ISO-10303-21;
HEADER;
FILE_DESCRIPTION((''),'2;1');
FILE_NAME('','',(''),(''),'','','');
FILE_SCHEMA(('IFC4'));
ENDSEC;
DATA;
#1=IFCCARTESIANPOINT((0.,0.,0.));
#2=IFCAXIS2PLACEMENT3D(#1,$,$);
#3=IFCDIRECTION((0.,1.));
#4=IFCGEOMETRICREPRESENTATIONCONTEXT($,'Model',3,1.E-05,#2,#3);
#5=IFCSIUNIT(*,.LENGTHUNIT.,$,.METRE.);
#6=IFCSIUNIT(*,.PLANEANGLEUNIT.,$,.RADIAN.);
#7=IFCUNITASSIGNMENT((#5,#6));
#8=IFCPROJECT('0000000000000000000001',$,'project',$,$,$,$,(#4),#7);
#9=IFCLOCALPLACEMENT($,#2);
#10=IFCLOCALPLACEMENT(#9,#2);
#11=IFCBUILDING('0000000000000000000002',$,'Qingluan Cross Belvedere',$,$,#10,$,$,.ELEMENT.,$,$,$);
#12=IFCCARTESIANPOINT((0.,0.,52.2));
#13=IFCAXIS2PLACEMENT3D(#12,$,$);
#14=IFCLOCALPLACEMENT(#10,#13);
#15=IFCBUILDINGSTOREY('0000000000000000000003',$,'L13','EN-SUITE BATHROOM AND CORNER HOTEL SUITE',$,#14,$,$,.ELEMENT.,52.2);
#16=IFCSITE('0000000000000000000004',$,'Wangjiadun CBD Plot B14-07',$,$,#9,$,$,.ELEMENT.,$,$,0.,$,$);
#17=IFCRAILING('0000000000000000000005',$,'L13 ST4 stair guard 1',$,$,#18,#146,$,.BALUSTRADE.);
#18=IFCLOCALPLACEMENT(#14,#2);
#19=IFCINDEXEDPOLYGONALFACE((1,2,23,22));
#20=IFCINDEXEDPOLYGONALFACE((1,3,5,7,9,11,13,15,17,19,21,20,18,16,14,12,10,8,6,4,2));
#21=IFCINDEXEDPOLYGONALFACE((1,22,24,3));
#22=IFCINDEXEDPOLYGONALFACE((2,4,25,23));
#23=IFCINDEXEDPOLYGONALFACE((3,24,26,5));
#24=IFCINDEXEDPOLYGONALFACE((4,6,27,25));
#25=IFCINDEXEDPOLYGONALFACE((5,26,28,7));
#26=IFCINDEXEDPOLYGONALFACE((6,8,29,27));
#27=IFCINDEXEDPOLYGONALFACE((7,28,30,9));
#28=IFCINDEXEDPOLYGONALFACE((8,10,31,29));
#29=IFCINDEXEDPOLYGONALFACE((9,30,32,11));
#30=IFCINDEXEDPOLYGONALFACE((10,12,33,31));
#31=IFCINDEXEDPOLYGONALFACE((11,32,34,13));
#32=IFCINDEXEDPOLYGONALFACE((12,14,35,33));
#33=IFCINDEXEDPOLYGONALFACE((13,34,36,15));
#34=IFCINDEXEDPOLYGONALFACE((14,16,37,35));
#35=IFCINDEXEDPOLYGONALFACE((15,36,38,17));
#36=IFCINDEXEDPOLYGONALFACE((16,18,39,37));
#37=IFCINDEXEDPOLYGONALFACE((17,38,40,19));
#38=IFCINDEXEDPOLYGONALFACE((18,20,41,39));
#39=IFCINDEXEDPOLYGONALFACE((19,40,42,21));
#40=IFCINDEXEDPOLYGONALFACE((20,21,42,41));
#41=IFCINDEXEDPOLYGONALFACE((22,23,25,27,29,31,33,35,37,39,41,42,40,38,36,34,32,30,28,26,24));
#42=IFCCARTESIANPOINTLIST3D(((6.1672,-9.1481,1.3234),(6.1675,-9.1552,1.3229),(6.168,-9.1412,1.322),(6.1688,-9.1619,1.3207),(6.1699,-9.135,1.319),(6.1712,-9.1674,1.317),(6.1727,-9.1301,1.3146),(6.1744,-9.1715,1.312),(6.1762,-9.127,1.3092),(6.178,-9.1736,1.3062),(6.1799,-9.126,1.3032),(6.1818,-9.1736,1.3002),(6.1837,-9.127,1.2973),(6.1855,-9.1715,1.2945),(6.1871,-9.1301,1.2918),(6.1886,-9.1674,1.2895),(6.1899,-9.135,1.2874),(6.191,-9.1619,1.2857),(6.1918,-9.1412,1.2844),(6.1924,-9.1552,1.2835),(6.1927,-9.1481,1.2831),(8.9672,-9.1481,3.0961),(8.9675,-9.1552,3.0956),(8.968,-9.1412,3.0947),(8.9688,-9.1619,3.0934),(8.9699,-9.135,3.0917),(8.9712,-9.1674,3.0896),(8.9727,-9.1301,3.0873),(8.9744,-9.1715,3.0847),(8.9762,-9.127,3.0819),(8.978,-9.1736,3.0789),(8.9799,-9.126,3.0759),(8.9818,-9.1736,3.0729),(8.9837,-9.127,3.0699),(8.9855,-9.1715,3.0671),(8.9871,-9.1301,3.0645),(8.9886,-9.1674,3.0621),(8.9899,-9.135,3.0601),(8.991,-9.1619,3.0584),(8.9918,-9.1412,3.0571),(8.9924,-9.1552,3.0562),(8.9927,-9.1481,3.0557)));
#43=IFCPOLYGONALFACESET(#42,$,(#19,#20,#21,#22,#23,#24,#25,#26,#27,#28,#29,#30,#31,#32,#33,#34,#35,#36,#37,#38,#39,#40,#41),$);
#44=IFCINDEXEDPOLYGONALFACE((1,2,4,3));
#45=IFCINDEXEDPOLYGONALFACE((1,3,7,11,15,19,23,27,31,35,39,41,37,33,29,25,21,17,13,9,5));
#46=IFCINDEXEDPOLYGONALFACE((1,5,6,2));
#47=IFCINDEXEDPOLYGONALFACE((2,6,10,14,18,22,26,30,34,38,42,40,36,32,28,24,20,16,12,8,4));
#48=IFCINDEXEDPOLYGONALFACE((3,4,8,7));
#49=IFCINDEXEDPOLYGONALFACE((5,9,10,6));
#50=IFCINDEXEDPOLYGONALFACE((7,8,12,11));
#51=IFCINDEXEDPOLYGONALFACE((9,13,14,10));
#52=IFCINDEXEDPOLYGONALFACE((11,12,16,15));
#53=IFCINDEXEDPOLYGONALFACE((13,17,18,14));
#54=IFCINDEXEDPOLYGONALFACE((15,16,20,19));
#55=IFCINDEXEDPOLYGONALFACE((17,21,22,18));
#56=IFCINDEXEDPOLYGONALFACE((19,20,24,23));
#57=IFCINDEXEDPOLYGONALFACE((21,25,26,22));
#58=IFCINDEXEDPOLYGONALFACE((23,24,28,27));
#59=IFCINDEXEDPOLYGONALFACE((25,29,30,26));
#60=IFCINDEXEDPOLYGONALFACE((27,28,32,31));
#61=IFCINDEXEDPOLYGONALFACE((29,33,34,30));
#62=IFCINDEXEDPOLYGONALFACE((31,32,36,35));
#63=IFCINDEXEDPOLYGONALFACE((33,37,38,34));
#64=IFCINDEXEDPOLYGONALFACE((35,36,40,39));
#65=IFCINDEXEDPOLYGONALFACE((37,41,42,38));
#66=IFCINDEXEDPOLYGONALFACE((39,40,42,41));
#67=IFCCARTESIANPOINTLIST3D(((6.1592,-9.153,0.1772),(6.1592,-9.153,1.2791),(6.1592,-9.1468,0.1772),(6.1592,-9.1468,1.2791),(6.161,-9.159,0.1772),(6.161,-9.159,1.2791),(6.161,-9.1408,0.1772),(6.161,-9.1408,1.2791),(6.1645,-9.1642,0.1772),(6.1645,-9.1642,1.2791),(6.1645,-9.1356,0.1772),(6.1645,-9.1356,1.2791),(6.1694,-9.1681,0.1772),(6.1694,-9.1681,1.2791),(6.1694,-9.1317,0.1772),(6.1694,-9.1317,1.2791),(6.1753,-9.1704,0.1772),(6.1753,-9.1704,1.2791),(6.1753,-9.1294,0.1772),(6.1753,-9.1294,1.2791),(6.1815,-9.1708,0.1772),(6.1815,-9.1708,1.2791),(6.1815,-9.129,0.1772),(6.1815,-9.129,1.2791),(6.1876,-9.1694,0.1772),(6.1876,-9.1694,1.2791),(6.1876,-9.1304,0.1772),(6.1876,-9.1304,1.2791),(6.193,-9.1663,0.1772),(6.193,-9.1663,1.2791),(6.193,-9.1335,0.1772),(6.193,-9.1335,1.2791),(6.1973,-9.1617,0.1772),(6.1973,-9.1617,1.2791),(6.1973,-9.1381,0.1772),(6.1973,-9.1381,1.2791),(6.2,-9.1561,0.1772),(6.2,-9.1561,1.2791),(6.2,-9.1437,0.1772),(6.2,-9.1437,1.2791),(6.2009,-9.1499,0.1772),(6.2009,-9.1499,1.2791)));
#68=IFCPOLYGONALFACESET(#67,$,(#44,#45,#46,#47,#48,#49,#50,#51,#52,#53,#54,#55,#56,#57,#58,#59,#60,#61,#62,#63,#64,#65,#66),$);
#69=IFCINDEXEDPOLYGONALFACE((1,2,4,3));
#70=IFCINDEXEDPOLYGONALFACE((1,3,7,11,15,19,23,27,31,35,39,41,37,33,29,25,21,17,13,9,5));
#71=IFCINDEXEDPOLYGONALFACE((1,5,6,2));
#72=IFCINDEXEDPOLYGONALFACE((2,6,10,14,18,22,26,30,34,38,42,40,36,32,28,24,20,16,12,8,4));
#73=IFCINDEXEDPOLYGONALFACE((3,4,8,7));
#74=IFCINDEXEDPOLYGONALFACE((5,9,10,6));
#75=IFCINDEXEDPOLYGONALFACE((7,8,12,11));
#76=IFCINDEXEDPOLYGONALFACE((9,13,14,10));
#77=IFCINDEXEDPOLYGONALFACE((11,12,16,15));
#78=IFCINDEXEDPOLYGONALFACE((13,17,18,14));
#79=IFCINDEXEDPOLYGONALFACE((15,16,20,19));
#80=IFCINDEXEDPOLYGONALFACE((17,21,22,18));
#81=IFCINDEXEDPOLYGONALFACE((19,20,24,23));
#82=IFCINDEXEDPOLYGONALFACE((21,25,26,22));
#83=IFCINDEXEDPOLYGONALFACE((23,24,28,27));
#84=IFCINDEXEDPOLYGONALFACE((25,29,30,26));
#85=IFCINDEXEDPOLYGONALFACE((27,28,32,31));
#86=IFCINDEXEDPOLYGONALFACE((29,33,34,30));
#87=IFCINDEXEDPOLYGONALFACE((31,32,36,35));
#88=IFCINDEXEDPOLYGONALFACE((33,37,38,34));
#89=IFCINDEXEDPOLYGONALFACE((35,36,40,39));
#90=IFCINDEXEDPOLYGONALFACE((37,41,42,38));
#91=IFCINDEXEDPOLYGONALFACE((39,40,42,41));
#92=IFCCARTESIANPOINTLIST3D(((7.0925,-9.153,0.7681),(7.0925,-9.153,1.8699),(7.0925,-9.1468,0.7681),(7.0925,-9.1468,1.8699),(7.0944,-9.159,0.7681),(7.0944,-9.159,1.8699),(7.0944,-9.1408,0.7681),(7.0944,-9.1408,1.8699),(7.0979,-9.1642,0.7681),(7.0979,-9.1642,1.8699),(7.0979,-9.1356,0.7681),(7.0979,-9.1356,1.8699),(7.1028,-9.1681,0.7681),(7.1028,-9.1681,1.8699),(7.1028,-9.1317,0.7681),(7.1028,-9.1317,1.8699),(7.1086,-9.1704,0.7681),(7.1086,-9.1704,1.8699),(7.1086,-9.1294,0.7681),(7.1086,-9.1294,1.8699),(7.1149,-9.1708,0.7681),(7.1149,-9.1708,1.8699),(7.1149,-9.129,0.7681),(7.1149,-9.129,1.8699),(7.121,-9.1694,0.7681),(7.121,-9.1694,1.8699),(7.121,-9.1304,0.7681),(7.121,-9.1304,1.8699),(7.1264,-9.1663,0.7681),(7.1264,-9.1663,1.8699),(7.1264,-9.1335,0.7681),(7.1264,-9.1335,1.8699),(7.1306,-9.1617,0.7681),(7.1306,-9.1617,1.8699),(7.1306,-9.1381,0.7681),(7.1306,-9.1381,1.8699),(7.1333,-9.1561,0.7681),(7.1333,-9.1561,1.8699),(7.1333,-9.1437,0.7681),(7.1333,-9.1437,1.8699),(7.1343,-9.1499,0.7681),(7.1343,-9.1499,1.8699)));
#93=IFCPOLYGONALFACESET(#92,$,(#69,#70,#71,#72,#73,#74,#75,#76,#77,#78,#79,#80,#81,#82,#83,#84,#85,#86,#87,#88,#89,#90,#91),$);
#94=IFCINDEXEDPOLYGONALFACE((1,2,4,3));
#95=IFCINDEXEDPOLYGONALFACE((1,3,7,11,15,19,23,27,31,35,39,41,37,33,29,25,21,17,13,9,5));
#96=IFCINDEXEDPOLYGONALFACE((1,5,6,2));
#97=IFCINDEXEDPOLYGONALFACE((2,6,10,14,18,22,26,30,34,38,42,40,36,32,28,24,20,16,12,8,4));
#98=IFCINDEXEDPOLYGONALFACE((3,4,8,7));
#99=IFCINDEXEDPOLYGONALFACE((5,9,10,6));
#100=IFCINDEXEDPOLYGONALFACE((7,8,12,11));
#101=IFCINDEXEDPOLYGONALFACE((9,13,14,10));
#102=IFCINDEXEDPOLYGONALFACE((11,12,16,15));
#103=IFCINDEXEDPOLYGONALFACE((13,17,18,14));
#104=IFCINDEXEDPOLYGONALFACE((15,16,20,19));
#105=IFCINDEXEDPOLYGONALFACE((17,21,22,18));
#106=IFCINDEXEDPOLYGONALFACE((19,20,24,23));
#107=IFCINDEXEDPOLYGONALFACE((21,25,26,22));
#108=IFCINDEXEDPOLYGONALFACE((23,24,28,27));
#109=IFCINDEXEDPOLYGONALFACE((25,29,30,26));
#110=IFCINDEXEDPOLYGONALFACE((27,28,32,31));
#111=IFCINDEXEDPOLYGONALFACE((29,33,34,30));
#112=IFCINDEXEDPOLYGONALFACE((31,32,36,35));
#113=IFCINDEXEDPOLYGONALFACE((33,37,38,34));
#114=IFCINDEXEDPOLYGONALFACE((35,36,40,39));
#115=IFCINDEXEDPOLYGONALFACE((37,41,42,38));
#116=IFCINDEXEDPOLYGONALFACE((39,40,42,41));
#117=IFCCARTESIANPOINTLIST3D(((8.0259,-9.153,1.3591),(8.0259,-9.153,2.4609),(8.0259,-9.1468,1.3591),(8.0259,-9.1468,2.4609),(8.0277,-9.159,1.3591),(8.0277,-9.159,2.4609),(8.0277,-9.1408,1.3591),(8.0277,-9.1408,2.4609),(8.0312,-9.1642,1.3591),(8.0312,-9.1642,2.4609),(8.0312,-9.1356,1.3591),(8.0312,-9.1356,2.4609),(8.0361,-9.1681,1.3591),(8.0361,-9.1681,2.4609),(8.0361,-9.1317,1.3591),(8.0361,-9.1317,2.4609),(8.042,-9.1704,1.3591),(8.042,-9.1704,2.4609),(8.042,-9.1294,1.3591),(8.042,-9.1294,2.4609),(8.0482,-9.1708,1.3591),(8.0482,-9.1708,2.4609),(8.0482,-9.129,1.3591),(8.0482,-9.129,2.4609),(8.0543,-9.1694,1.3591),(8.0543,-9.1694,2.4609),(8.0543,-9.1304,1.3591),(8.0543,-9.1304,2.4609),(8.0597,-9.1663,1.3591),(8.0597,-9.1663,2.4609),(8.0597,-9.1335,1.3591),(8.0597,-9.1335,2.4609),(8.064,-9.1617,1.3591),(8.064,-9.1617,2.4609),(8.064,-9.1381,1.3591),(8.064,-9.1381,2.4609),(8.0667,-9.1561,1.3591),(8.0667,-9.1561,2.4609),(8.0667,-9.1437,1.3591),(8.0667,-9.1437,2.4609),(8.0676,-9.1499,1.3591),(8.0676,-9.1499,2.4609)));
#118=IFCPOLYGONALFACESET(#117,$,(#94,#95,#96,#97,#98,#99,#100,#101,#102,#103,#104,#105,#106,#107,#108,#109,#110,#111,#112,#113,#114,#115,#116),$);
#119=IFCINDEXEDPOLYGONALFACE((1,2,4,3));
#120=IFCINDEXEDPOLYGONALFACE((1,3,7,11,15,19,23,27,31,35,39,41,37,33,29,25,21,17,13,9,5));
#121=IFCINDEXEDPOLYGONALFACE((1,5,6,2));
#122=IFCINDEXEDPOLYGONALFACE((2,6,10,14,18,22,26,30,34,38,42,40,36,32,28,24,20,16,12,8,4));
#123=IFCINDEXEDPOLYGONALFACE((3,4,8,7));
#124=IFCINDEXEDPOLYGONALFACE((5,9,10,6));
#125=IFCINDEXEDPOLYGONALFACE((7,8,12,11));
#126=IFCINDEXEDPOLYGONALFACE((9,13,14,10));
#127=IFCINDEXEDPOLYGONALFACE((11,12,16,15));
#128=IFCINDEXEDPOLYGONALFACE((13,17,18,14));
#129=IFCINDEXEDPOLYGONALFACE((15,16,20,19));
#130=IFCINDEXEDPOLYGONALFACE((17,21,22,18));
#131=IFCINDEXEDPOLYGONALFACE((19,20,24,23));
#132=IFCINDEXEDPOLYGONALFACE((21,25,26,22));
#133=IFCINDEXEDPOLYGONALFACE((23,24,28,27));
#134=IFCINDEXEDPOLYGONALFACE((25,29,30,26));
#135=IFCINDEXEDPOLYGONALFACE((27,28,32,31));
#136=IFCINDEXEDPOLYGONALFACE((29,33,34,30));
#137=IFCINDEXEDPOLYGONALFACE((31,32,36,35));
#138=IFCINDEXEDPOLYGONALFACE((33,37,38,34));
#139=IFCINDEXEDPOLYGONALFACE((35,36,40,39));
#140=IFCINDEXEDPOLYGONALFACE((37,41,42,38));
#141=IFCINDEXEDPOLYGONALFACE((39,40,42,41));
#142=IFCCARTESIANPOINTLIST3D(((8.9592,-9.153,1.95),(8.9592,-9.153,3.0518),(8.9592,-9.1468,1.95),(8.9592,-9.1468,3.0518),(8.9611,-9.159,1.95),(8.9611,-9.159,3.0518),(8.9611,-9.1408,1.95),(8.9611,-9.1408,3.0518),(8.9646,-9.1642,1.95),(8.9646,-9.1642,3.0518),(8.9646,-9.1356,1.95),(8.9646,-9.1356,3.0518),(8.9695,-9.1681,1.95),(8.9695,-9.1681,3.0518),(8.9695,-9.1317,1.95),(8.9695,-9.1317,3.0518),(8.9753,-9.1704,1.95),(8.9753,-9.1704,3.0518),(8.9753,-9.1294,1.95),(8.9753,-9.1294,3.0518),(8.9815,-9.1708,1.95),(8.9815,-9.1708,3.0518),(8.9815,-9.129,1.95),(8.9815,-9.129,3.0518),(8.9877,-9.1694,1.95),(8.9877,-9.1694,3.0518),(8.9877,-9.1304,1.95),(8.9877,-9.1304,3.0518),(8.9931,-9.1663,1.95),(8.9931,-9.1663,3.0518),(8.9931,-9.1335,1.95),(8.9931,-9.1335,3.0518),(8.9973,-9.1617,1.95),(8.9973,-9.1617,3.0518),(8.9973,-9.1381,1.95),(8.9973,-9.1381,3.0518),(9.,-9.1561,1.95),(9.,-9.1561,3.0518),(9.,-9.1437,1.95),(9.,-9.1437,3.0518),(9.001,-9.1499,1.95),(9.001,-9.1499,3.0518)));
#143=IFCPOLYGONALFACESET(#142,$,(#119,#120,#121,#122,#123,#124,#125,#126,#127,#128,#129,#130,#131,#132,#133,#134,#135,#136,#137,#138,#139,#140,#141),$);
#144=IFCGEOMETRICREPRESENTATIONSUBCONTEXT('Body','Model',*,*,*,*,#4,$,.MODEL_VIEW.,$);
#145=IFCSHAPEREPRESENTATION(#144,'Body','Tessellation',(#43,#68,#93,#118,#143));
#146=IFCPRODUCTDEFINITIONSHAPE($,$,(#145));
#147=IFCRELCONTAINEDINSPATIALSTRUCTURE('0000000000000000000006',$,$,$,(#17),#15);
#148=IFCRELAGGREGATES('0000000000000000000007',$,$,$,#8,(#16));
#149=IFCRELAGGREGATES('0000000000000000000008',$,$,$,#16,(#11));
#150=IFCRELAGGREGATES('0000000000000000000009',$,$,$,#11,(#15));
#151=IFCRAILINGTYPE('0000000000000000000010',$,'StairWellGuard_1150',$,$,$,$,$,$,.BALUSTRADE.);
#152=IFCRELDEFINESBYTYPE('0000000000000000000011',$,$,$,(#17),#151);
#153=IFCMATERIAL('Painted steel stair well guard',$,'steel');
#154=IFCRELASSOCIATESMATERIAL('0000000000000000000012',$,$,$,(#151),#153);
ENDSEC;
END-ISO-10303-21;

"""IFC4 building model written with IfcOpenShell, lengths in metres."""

from ifc_helpers import new_model, si_unit, direction, frame, origin, origin_2d, place, context, subcontext, project, spatial, circle, extrude, material, type_object, element, save


model = new_model("IFC4")

# Units and contexts
model_context = context("Model", 3, precision=1e-05, world=origin(), true_north=direction((0.0, 1.0)))
body_context = subcontext(model_context, "Body", "Model", "MODEL_VIEW")
ifc_project = project(units=[si_unit("LENGTHUNIT", "METRE"), si_unit("PLANEANGLEUNIT", "RADIAN")], contexts=[model_context])

# Site, building, storey
site_placement = place(None, origin())
site = spatial("IfcSite", under=ifc_project, at=site_placement, Name="Wangjiadun CBD Plot B14-07", CompositionType="ELEMENT", RefElevation=0.0)
building_placement = place(site_placement, origin())
building = spatial("IfcBuilding", under=site, at=building_placement, Name="Qingluan Cross Belvedere", CompositionType="ELEMENT")
storey_placement = place(building_placement, frame((0.0, 0.0, 52.2)))
storey = spatial("IfcBuildingStorey", under=building, at=storey_placement, Name="L13", Description="EN-SUITE BATHROOM AND CORNER HOTEL SUITE", CompositionType="ELEMENT", Elevation=52.2)

# Railing
ifc_material_1 = material(Name="Painted steel stair well guard", Category="steel")
railing_type_1 = type_object("IfcRailingType", Name="StairWellGuard_1150", PredefinedType="BALUSTRADE", material=ifc_material_1)
railing_1_placement = place(storey_placement, frame((6.1799, -9.1499, 0.1772)))
element("IfcRailing", 1, at=railing_1_placement, inside=storey, type_object=railing_type_1, Name="L13 ST4 stair guard 1", PredefinedType="BALUSTRADE", context=body_context, shape_type="SweptSolid", body=[
    extrude(circle(Radius=0.0239, at=origin_2d()), frame((0.0, 0.0, 1.126), z_axis=(0.844909, 0.0, 0.53491), x_axis=(0.0, 1.0, 0.0)), (0.0, 0.0, 1.0), 3.314),
    extrude(circle(Radius=0.021, at=origin_2d()), origin(), (0.0, 0.0, 1.0), 1.1018),
    extrude(circle(Radius=0.021, at=origin_2d()), frame((0.9333, 0.0, 0.5908)), (0.0, 0.0, 1.0), 1.1018),
    extrude(circle(Radius=0.021, at=origin_2d()), frame((1.8667, 0.0, 1.1819)), (0.0, 0.0, 1.0), 1.1018),
    extrude(circle(Radius=0.021, at=origin_2d()), frame((2.8, 0.0, 1.7727)), (0.0, 0.0, 1.0), 1.1018),
])

save(model, "model.ifc")
